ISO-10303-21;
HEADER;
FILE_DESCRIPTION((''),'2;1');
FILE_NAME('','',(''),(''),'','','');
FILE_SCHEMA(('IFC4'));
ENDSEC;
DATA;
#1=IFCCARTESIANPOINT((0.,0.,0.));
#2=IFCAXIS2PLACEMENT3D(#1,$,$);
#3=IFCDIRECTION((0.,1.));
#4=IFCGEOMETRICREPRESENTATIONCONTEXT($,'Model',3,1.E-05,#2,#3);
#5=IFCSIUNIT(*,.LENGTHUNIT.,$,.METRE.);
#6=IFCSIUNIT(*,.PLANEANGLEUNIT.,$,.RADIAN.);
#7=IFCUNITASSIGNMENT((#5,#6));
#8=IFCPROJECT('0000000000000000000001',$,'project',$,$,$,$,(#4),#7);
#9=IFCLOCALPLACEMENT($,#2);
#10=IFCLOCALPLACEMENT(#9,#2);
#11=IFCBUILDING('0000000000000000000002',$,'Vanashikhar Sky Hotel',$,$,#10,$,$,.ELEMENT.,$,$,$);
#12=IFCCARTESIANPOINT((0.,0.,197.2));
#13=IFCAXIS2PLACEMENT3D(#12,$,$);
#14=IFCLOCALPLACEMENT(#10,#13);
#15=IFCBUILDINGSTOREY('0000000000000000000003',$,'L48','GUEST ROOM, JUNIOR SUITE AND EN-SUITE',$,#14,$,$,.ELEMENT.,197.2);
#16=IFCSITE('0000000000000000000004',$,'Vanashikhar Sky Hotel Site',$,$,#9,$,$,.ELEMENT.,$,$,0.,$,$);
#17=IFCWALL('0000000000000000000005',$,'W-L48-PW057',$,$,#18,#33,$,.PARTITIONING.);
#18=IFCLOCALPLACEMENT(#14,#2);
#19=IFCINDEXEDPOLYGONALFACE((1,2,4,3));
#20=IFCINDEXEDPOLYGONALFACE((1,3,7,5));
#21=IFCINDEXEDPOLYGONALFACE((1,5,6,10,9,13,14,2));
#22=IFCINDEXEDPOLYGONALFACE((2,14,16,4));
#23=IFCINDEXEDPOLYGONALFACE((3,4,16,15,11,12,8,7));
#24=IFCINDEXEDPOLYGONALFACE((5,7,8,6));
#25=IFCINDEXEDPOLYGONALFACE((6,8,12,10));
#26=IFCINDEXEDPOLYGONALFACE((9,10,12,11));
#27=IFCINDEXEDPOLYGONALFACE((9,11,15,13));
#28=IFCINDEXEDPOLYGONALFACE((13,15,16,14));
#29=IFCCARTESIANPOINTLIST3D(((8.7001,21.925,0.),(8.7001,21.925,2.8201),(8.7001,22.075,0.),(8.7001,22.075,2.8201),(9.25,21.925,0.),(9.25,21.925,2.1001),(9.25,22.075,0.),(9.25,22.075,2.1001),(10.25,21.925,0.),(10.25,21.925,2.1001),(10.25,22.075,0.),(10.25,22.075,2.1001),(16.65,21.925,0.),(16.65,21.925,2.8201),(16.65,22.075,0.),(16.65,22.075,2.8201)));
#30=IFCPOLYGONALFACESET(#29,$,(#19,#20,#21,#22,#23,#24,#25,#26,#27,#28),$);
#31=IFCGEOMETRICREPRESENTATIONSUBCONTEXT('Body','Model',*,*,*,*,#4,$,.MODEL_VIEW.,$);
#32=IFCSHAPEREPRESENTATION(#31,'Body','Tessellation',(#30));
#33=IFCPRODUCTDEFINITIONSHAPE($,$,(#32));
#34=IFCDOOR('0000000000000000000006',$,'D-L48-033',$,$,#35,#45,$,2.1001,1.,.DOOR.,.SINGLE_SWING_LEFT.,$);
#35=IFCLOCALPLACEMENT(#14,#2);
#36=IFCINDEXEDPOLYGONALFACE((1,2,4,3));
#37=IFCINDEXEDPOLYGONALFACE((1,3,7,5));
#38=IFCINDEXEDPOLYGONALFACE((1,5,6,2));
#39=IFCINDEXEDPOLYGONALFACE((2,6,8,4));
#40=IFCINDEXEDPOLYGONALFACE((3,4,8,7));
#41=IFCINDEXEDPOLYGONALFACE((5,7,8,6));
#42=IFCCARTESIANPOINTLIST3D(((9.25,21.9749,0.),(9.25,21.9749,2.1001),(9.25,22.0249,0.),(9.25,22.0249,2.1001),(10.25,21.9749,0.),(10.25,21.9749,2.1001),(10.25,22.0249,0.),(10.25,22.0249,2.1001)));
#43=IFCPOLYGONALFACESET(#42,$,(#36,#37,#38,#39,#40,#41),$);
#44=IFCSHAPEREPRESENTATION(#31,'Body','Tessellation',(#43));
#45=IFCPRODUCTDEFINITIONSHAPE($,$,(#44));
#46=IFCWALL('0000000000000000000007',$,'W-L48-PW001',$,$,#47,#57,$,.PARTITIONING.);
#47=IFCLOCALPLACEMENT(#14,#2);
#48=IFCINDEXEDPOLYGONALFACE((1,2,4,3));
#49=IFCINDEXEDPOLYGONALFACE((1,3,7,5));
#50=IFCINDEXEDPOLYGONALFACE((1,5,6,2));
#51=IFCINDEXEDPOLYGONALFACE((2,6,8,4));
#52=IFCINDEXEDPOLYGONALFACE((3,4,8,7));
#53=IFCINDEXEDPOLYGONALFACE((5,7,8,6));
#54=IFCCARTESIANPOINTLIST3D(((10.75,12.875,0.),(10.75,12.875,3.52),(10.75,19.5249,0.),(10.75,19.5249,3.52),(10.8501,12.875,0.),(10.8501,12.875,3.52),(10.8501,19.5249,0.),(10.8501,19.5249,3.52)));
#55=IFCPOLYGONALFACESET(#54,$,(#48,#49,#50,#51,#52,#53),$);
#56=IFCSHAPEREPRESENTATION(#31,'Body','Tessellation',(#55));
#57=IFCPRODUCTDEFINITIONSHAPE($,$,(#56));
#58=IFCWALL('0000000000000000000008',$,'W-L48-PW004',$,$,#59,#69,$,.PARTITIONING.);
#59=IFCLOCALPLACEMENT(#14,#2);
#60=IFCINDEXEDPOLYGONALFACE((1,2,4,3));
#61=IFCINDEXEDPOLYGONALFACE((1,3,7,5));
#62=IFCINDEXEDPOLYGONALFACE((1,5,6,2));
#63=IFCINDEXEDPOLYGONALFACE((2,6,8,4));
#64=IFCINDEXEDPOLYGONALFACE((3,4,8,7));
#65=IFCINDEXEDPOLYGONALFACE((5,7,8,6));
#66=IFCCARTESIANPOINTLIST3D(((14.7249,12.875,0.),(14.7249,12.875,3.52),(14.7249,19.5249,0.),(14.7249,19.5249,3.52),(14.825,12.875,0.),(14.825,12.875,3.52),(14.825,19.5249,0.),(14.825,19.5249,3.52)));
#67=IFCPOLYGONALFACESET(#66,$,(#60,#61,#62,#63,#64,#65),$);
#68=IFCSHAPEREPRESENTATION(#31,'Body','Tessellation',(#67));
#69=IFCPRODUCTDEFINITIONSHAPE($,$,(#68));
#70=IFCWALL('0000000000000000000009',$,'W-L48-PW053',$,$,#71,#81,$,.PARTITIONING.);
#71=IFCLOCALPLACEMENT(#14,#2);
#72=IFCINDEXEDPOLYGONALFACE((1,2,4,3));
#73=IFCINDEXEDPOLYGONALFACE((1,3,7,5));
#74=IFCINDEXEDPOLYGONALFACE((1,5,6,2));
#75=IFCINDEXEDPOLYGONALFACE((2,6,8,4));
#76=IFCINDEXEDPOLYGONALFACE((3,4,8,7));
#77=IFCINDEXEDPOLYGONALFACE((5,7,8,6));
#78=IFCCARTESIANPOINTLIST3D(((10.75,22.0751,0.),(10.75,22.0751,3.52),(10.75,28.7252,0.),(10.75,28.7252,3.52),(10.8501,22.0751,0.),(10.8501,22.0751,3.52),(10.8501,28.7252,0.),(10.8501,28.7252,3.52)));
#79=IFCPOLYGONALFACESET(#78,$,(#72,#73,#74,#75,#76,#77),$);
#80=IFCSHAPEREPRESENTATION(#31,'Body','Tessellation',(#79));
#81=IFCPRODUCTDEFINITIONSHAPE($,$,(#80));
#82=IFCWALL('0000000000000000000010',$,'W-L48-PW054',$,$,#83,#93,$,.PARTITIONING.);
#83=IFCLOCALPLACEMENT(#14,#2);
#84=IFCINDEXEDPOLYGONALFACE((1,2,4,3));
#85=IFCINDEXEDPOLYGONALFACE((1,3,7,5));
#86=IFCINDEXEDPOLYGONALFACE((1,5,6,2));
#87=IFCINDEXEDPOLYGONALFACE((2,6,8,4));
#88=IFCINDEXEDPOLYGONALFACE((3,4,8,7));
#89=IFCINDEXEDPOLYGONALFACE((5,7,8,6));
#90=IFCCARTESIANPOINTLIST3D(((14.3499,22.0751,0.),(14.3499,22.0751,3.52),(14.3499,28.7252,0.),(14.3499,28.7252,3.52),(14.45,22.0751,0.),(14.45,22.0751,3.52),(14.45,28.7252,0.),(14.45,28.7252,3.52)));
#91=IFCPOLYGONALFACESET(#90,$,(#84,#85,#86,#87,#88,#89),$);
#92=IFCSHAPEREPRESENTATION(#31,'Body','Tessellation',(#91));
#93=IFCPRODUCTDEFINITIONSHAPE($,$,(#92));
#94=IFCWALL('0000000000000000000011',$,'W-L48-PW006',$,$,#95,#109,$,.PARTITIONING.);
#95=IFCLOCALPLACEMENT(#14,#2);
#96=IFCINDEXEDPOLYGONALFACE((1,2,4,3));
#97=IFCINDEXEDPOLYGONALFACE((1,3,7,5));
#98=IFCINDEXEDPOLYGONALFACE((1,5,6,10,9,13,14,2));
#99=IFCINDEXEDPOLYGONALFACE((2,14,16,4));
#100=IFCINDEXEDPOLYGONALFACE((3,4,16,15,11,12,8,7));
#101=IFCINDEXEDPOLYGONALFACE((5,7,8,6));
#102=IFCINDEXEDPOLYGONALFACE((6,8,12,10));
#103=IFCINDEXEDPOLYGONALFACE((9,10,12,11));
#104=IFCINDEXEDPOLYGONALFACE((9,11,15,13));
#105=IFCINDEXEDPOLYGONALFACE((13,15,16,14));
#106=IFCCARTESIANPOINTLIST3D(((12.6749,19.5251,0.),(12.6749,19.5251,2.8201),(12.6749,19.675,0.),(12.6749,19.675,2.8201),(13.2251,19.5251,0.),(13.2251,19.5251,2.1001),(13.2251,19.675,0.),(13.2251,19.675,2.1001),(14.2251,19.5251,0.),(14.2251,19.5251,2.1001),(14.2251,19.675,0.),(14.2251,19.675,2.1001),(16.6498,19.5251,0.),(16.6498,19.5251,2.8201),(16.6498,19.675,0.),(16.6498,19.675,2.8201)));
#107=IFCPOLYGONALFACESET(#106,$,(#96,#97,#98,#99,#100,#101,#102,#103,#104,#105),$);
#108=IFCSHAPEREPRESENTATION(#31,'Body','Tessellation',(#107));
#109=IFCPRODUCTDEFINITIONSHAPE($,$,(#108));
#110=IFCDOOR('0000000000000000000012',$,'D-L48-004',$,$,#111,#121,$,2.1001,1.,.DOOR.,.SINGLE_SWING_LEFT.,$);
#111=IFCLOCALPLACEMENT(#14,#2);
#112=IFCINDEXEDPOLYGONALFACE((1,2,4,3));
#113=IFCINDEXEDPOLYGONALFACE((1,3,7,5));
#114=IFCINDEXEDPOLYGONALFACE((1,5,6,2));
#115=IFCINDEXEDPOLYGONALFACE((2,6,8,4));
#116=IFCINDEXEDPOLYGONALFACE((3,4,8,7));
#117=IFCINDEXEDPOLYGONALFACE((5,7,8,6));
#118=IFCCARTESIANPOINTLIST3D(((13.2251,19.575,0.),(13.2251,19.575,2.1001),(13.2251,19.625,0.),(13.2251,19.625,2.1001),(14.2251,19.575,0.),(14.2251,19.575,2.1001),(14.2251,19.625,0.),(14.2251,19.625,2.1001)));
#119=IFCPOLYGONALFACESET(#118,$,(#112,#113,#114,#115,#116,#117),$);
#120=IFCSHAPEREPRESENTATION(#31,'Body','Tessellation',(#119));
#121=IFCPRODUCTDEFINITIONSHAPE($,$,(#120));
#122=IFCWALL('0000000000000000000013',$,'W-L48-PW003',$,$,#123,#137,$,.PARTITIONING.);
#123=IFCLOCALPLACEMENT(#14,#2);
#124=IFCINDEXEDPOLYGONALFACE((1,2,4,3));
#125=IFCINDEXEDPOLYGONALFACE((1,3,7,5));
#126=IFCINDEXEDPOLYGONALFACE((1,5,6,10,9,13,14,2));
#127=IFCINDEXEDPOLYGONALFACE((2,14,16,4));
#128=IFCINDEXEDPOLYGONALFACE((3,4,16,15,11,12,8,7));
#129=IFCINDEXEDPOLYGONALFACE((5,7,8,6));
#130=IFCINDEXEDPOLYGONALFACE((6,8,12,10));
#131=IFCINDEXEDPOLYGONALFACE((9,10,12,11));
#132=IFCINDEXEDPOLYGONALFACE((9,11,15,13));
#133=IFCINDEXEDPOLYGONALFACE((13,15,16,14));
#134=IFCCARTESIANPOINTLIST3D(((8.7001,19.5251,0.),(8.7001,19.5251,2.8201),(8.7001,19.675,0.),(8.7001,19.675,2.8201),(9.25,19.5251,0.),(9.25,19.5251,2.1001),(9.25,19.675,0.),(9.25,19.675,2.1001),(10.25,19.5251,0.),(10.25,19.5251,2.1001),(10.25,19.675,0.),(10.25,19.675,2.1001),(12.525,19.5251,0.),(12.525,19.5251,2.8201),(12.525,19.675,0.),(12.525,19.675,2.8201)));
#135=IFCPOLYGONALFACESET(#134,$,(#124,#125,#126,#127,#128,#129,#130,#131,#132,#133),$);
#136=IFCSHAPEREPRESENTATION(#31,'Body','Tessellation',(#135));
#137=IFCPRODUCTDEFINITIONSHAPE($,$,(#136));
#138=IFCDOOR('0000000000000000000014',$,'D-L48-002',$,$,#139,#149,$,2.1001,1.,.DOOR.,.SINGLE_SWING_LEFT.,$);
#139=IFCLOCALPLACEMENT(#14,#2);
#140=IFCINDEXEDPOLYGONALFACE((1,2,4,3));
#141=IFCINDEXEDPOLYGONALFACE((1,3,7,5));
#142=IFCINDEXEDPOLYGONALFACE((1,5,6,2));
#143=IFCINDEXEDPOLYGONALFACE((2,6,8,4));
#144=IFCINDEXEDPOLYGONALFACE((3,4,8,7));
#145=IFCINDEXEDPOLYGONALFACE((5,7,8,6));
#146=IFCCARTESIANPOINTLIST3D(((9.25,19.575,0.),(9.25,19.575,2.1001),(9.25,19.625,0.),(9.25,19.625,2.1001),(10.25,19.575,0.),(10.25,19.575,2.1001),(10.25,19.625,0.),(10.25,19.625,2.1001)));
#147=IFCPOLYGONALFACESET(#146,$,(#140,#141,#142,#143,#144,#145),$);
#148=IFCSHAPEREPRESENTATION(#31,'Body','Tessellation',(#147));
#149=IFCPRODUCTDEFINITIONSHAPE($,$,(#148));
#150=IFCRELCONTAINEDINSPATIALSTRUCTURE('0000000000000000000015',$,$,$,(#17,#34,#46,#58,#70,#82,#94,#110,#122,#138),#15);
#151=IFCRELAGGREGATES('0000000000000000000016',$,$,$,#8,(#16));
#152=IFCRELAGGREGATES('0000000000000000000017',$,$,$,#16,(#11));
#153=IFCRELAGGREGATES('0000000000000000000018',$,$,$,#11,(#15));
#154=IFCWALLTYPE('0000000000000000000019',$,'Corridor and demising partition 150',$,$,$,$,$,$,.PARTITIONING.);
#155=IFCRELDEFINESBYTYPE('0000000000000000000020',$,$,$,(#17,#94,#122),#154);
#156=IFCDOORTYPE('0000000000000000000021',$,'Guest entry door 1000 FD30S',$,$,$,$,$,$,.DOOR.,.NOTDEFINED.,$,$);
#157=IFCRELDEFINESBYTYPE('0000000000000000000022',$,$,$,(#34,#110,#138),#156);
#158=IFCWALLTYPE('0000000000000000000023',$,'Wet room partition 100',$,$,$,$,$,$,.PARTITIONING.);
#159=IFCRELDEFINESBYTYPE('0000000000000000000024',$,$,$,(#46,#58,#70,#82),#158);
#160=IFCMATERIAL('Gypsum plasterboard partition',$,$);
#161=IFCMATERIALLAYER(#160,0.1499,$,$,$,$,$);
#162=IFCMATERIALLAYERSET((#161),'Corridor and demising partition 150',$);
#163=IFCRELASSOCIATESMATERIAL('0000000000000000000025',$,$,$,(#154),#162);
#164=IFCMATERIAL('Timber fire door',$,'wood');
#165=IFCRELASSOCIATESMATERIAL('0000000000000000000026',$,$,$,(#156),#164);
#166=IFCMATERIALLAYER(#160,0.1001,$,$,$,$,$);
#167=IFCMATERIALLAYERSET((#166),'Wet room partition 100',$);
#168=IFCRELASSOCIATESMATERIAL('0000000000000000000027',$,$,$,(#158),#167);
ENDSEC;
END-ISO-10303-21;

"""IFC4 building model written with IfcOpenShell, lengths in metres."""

from ifc_helpers import new_model, si_unit, direction, frame, frame_2d, origin, place, context, subcontext, project, spatial, rectangle, extrude, source, transform, mapped, material, layer, layer_set, type_object, element, fill, save


model = new_model("IFC4")

# Units and contexts
model_context = context("Model", 3, precision=1e-05, world=origin(), true_north=direction((0.0, 1.0)))
body_context = subcontext(model_context, "Body", "Model", "MODEL_VIEW")
ifc_project = project(units=[si_unit("LENGTHUNIT", "METRE"), si_unit("PLANEANGLEUNIT", "RADIAN")], contexts=[model_context])

# Site, building, storey
site_placement = place(None, origin())
site = spatial("IfcSite", under=ifc_project, at=site_placement, Name="Vanashikhar Sky Hotel Site", CompositionType="ELEMENT", RefElevation=0.0)
building_placement = place(site_placement, origin())
building = spatial("IfcBuilding", under=site, at=building_placement, Name="Vanashikhar Sky Hotel", CompositionType="ELEMENT")
storey_placement = place(building_placement, frame((0.0, 0.0, 197.2)))
storey = spatial("IfcBuildingStorey", under=building, at=storey_placement, Name="L48", Description="GUEST ROOM, JUNIOR SUITE AND EN-SUITE", CompositionType="ELEMENT", Elevation=197.2)

# Wall, opening, door
ifc_material_1 = material(Name="Gypsum plasterboard partition")
ifc_layer_1 = layer(ifc_material_1, 0.1499)
ifc_layer_set_1 = layer_set([ifc_layer_1], Name="Corridor and demising partition 150")
wall_type_1 = type_object("IfcWallType", Name="Corridor and demising partition 150", PredefinedType="PARTITIONING", material=ifc_layer_set_1)
shared_shape_1 = source(origin(), body_context, "Body", "SweptSolid", [
    extrude(rectangle(XDim=7.95, YDim=0.1499, at=frame_2d((3.9751, 0.0))), origin(), (0.0, 0.0, 1.0), 2.8201),
])
wall_1_placement = place(storey_placement, frame((8.7, 22.0, 0.0), z_axis=(0.0, 0.0, 1.0), x_axis=(1.0, 0.0, 0.0)))
wall_1 = element("IfcWall", 1, at=wall_1_placement, inside=storey, type_object=wall_type_1, Name="W-L48-PW057", PredefinedType="PARTITIONING", context=body_context, shape_type="MappedRepresentation", body=[
    mapped(shared_shape_1, transform((0.0, 0.0, 0.0), scale=1.0)),
])
shared_shape_2 = source(origin(), body_context, "Body", "SweptSolid", [
    extrude(rectangle(XDim=1.0, YDim=2.1001, at=frame_2d((0.5, 1.05))), frame((0.0, 0.085, 0.0), z_axis=(0.0, -1.0, 0.0), x_axis=(1.0, 0.0, 0.0)), (0.0, 0.0, 1.0), 0.1699),
])
opening_1_placement = place(wall_1_placement, frame((0.55, 0.0, 0.0)))
opening_1 = element("IfcOpeningElement", 2, at=opening_1_placement, cuts=wall_1, PredefinedType="OPENING", context=body_context, shape_type="MappedRepresentation", body=[
    mapped(shared_shape_2, transform((0.0, 0.0, 0.0), scale=1.0)),
])
ifc_material_2 = material(Name="Timber fire door", Category="wood")
door_type = type_object("IfcDoorType", Name="Guest entry door 1000 FD30S", OperationType="NOTDEFINED", PredefinedType="DOOR", material=ifc_material_2)
shared_shape_3 = source(origin(), body_context, "Body", "SweptSolid", [
    extrude(rectangle(XDim=1.0, YDim=2.1001, at=frame_2d((0.5, 1.05))), frame((0.0, 0.0249, 0.0), z_axis=(0.0, -1.0, 0.0), x_axis=(1.0, 0.0, 0.0)), (0.0, 0.0, 1.0), 0.05),
])
door_1_placement = place(opening_1_placement, origin())
door_1 = element("IfcDoor", 3, at=door_1_placement, inside=storey, type_object=door_type, Name="D-L48-033", OperationType="SINGLE_SWING_LEFT", OverallHeight=2.1001, OverallWidth=1.0, PredefinedType="DOOR", context=body_context, shape_type="MappedRepresentation", body=[
    mapped(shared_shape_3, transform((0.0, 0.0, 0.0), scale=1.0)),
])
fill(opening_1, door_1)

# Walls
ifc_layer_2 = layer(ifc_material_1, 0.1001)
ifc_layer_set_2 = layer_set([ifc_layer_2], Name="Wet room partition 100")
wall_type_2 = type_object("IfcWallType", Name="Wet room partition 100", PredefinedType="PARTITIONING", material=ifc_layer_set_2)
shared_shape_4 = source(origin(), body_context, "Body", "SweptSolid", [
    extrude(rectangle(XDim=6.6499, YDim=0.1001, at=frame_2d((3.325, 0.0))), origin(), (0.0, 0.0, 1.0), 3.52),
])
for number, where, z_axis, x_axis, name in (
    (4, (10.8, 12.875, 0.0), (0.0, 0.0, 1.0), (0.0, 1.0, 0.0), "W-L48-PW001"),
    (5, (14.7749, 12.875, 0.0), (0.0, 0.0, 1.0), (0.0, 1.0, 0.0), "W-L48-PW004"),
):
    element("IfcWall", number, at=place(storey_placement, frame(where, z_axis=z_axis, x_axis=x_axis)), inside=storey, type_object=wall_type_2, Name=name, PredefinedType="PARTITIONING", context=body_context, shape_type="MappedRepresentation", body=[
        mapped(shared_shape_4, transform((0.0, 0.0, 0.0), scale=1.0)),
    ])
shared_shape_5 = source(origin(), body_context, "Body", "SweptSolid", [
    extrude(rectangle(XDim=6.6501, YDim=0.1001, at=frame_2d((3.3252, 0.0))), origin(), (0.0, 0.0, 1.0), 3.52),
])
for number, where, z_axis, x_axis, name in (
    (6, (10.8, 22.075, 0.0), (0.0, 0.0, 1.0), (0.0, 1.0, 0.0), "W-L48-PW053"),
    (7, (14.3999, 22.075, 0.0), (0.0, 0.0, 1.0), (0.0, 1.0, 0.0), "W-L48-PW054"),
):
    element("IfcWall", number, at=place(storey_placement, frame(where, z_axis=z_axis, x_axis=x_axis)), inside=storey, type_object=wall_type_2, Name=name, PredefinedType="PARTITIONING", context=body_context, shape_type="MappedRepresentation", body=[
        mapped(shared_shape_5, transform((0.0, 0.0, 0.0), scale=1.0)),
    ])

# Walls, openings, doors
shared_shape_6 = source(origin(), body_context, "Body", "SweptSolid", [
    extrude(rectangle(XDim=3.9749, YDim=0.1499, at=frame_2d((1.9873, 0.0))), origin(), (0.0, 0.0, 1.0), 2.8201),
])
wall_2_placement = place(storey_placement, frame((12.675, 19.6001, 0.0), z_axis=(0.0, 0.0, 1.0), x_axis=(1.0, 0.0, 0.0)))
wall_2 = element("IfcWall", 8, at=wall_2_placement, inside=storey, type_object=wall_type_1, Name="W-L48-PW006", PredefinedType="PARTITIONING", context=body_context, shape_type="MappedRepresentation", body=[
    mapped(shared_shape_6, transform((0.0, 0.0, 0.0), scale=1.0)),
])
opening_2_placement = place(wall_2_placement, frame((0.55, 0.0, 0.0)))
opening_2 = element("IfcOpeningElement", 9, at=opening_2_placement, cuts=wall_2, PredefinedType="OPENING", context=body_context, shape_type="MappedRepresentation", body=[
    mapped(shared_shape_2, transform((0.0, 0.0, 0.0), scale=1.0)),
])
door_2_placement = place(opening_2_placement, origin())
door_2 = element("IfcDoor", 10, at=door_2_placement, inside=storey, type_object=door_type, Name="D-L48-004", OperationType="SINGLE_SWING_LEFT", OverallHeight=2.1001, OverallWidth=1.0, PredefinedType="DOOR", context=body_context, shape_type="MappedRepresentation", body=[
    mapped(shared_shape_3, transform((0.0, 0.0, 0.0), scale=1.0)),
])
fill(opening_2, door_2)
shared_shape_7 = source(origin(), body_context, "Body", "SweptSolid", [
    extrude(rectangle(XDim=3.825, YDim=0.1499, at=frame_2d((1.9126, 0.0))), origin(), (0.0, 0.0, 1.0), 2.8201),
])
wall_3_placement = place(storey_placement, frame((8.7, 19.6001, 0.0), z_axis=(0.0, 0.0, 1.0), x_axis=(1.0, 0.0, 0.0)))
wall_3 = element("IfcWall", 11, at=wall_3_placement, inside=storey, type_object=wall_type_1, Name="W-L48-PW003", PredefinedType="PARTITIONING", context=body_context, shape_type="MappedRepresentation", body=[
    mapped(shared_shape_7, transform((0.0, 0.0, 0.0), scale=1.0)),
])
opening_3_placement = place(wall_3_placement, frame((0.55, 0.0, 0.0)))
opening_3 = element("IfcOpeningElement", 12, at=opening_3_placement, cuts=wall_3, PredefinedType="OPENING", context=body_context, shape_type="MappedRepresentation", body=[
    mapped(shared_shape_2, transform((0.0, 0.0, 0.0), scale=1.0)),
])
door_3_placement = place(opening_3_placement, origin())
door_3 = element("IfcDoor", 13, at=door_3_placement, inside=storey, type_object=door_type, Name="D-L48-002", OperationType="SINGLE_SWING_LEFT", OverallHeight=2.1001, OverallWidth=1.0, PredefinedType="DOOR", context=body_context, shape_type="MappedRepresentation", body=[
    mapped(shared_shape_3, transform((0.0, 0.0, 0.0), scale=1.0)),
])
fill(opening_3, door_3)

save(model, "model.ifc")
